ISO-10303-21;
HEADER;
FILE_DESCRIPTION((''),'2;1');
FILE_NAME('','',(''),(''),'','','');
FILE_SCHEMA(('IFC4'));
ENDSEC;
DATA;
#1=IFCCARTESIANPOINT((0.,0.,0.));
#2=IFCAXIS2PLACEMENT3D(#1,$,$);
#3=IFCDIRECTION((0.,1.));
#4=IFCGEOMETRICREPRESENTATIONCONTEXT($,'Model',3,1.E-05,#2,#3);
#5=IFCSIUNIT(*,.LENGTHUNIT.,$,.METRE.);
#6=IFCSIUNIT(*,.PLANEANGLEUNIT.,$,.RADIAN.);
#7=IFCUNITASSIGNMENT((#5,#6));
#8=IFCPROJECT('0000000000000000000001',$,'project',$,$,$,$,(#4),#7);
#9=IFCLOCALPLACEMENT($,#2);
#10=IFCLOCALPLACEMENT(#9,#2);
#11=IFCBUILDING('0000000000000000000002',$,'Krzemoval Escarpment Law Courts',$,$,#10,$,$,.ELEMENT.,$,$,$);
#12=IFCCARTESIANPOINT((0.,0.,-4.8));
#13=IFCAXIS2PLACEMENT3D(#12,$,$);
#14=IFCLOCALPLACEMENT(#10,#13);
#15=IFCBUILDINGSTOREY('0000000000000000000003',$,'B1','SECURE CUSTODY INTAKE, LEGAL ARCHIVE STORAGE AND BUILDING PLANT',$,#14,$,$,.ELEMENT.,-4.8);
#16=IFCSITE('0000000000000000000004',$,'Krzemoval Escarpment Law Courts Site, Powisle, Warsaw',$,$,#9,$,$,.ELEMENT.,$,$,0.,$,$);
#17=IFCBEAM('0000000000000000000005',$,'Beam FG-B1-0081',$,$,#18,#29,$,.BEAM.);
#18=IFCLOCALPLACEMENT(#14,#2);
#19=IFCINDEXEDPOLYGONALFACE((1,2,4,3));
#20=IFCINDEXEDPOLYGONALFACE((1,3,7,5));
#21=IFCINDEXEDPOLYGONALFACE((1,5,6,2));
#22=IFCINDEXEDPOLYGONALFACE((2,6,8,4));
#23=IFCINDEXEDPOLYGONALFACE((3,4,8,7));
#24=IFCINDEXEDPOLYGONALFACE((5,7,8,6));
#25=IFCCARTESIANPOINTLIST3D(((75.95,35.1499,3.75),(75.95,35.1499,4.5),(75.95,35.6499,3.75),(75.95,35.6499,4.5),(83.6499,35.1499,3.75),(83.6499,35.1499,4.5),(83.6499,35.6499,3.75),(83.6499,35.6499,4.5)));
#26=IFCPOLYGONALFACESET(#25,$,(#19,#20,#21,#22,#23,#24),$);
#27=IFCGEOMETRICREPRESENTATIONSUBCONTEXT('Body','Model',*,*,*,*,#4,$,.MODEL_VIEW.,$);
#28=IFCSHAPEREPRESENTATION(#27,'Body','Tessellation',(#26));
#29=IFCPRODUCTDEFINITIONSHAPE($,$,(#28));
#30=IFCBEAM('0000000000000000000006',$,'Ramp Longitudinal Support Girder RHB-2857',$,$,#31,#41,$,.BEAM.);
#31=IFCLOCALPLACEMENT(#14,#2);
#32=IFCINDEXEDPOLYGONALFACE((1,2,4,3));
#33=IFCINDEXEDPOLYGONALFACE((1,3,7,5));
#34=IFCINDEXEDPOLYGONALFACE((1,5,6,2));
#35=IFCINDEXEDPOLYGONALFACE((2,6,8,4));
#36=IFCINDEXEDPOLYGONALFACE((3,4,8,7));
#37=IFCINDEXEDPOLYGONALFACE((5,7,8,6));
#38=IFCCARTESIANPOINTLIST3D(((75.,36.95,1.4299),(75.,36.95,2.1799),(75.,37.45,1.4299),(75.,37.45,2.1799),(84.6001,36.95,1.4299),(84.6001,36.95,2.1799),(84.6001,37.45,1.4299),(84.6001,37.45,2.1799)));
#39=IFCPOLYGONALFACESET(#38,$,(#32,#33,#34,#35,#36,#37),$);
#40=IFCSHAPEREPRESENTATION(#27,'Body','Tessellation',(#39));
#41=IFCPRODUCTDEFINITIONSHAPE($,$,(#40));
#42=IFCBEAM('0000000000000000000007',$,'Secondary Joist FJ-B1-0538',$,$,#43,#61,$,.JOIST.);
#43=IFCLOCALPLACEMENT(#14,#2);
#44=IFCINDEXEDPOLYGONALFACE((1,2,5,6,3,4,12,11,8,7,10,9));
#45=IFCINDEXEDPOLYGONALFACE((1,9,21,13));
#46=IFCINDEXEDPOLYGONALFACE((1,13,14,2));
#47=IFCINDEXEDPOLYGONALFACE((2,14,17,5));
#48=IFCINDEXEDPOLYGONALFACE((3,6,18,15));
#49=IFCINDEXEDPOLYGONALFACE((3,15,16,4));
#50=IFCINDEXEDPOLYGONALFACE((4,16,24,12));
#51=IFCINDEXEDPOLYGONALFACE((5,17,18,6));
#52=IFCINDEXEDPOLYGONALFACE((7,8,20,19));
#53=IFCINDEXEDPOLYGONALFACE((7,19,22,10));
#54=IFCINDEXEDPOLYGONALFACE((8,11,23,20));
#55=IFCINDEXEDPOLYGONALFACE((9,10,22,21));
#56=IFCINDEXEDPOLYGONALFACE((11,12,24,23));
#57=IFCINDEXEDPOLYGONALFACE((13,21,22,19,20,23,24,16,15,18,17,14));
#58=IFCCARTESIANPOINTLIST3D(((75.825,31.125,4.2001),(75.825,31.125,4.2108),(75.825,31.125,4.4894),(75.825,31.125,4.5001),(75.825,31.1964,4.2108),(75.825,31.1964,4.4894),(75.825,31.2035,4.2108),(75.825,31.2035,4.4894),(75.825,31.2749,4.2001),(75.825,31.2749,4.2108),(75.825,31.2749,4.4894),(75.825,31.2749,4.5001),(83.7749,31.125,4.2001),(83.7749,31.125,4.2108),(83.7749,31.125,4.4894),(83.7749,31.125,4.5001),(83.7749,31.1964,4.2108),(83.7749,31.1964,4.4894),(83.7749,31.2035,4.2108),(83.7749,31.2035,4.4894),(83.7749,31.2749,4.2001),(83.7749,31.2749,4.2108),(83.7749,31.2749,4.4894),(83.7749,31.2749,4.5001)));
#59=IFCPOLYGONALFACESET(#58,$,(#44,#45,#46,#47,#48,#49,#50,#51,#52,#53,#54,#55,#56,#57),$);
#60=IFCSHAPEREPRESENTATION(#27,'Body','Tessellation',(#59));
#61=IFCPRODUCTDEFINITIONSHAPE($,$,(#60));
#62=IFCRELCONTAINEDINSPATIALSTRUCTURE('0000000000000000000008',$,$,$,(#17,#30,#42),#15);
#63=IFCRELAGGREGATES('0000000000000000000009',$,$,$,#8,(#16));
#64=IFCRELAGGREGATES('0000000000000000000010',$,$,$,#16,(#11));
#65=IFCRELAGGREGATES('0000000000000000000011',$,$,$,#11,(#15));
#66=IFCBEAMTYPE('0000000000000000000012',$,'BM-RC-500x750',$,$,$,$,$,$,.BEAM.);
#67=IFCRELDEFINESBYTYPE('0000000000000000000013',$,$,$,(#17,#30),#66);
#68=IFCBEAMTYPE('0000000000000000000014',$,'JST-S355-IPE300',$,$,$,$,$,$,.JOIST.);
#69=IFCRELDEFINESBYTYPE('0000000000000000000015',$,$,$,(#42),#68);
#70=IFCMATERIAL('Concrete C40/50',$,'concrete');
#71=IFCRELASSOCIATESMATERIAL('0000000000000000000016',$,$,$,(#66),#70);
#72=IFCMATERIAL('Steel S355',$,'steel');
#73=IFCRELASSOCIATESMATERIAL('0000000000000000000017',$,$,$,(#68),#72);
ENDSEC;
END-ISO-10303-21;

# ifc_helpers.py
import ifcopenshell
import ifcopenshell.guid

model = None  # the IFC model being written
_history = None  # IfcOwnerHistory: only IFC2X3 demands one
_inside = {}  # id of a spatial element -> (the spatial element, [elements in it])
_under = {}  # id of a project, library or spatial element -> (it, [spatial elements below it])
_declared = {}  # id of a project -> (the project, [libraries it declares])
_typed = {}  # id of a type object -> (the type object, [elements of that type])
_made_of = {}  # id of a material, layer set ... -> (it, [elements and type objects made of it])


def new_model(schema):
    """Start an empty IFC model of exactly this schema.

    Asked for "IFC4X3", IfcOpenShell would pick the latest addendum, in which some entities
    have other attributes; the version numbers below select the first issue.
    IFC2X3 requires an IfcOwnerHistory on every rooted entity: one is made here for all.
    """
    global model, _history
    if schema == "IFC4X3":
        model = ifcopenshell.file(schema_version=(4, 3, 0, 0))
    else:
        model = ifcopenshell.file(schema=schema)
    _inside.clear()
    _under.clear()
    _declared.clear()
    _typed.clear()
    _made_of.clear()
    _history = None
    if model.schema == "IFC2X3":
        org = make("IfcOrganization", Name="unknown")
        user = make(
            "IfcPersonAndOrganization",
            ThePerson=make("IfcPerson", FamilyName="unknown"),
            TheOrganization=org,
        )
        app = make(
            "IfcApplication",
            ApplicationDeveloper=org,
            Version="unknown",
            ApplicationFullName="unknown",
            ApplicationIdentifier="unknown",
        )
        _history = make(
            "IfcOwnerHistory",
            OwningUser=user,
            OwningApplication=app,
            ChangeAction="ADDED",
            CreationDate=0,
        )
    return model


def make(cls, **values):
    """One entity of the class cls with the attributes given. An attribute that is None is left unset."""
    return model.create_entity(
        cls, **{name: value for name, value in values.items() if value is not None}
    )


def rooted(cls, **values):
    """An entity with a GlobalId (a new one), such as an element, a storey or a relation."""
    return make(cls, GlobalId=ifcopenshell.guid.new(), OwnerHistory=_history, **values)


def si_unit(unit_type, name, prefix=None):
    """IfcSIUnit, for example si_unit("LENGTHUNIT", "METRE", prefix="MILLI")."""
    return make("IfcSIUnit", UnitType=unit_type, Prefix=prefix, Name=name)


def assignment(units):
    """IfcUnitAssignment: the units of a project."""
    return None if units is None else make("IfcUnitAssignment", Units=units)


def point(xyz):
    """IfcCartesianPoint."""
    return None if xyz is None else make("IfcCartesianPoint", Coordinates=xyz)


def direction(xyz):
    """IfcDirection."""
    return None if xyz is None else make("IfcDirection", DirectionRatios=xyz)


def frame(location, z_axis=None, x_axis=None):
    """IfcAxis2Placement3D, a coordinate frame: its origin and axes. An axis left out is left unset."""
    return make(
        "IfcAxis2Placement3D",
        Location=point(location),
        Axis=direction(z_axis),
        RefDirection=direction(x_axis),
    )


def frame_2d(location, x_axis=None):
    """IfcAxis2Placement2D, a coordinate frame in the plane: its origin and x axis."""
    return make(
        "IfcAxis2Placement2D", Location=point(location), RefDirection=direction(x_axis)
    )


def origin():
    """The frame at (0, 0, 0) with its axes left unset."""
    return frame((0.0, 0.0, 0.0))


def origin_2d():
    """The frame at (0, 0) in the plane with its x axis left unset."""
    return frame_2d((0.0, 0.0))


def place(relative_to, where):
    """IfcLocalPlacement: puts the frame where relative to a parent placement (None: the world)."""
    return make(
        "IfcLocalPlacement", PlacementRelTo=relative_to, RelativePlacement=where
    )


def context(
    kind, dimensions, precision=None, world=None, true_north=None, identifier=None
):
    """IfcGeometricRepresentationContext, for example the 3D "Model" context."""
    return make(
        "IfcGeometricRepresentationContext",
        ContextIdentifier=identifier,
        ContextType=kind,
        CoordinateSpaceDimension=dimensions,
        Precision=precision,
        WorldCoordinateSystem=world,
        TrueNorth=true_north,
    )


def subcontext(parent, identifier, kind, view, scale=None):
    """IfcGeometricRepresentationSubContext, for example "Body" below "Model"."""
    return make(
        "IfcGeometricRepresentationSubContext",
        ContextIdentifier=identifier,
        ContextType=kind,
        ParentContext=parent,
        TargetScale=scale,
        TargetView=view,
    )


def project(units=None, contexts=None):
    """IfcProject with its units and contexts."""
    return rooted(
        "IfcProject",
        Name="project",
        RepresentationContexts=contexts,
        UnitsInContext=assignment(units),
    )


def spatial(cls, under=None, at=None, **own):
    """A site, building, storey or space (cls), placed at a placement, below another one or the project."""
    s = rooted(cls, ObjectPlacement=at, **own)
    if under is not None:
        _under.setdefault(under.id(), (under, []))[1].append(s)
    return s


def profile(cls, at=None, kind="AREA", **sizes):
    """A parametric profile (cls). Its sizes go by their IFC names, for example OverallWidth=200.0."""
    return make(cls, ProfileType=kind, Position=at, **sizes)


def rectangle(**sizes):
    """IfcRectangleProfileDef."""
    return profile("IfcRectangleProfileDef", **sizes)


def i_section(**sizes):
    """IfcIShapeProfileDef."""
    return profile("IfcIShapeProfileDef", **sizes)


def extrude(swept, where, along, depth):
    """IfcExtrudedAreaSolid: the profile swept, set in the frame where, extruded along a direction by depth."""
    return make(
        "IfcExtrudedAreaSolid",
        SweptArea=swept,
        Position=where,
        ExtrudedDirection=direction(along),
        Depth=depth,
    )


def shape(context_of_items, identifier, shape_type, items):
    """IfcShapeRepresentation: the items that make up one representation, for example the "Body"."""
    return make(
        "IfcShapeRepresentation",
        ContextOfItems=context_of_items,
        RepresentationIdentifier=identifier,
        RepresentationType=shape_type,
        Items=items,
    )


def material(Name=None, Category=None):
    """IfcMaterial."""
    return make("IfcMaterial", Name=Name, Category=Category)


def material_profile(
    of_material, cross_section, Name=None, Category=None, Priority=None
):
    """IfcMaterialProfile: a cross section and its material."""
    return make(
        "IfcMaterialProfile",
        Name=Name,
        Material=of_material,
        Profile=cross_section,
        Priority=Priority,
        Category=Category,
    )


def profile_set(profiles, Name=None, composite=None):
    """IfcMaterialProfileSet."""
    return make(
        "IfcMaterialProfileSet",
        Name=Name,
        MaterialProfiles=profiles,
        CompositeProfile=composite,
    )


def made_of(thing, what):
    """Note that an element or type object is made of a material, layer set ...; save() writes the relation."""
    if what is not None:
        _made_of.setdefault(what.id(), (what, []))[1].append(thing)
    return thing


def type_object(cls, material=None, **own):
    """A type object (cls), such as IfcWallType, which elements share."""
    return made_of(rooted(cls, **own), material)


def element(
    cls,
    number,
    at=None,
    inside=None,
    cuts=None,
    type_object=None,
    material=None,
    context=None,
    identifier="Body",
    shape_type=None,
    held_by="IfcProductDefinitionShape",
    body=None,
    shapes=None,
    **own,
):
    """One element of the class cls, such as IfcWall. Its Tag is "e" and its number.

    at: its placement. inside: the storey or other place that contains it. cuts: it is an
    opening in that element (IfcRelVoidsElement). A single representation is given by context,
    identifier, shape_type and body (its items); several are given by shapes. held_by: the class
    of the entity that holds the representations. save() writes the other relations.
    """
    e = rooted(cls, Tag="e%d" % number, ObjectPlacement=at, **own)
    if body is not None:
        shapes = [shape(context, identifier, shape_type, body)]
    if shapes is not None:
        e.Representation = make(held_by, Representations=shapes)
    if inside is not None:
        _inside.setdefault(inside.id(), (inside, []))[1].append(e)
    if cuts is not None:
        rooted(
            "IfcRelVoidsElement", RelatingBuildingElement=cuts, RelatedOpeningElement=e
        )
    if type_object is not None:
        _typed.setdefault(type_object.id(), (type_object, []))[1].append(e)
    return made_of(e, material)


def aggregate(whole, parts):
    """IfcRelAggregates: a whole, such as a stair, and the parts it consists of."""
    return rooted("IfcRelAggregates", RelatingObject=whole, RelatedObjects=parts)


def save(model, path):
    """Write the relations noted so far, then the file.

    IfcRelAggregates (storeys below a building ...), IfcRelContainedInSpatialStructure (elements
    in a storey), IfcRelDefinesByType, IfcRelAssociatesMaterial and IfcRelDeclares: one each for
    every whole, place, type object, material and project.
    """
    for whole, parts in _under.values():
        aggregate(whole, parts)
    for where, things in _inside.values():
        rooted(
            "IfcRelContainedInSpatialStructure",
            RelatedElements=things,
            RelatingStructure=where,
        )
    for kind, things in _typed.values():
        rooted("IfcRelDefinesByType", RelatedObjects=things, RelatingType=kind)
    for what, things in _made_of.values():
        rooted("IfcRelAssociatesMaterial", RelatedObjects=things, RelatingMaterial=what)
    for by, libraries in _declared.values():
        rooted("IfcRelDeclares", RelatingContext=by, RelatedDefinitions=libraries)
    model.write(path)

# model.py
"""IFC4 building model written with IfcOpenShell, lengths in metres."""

from ifc_helpers import new_model, si_unit, direction, frame, origin, origin_2d, place, context, subcontext, project, spatial, rectangle, i_section, extrude, material, material_profile, profile_set, type_object, element, save


model = new_model("IFC4")

# Units and contexts
model_context = context("Model", 3, precision=1e-05, world=origin(), true_north=direction((0.0, 1.0)))
body_context = subcontext(model_context, "Body", "Model", "MODEL_VIEW")
ifc_project = project(units=[si_unit("LENGTHUNIT", "METRE"), si_unit("PLANEANGLEUNIT", "RADIAN")], contexts=[model_context])

# Site, building, storey
site_placement = place(None, origin())
site = spatial("IfcSite", under=ifc_project, at=site_placement, Name="Krzemoval Escarpment Law Courts Site, Powisle, Warsaw", CompositionType="ELEMENT", RefElevation=0.0)
building_placement = place(site_placement, origin())
building = spatial("IfcBuilding", under=site, at=building_placement, Name="Krzemoval Escarpment Law Courts", CompositionType="ELEMENT")
storey_placement = place(building_placement, frame((0.0, 0.0, -4.8)))
storey = spatial("IfcBuildingStorey", under=building, at=storey_placement, Name="B1", Description="SECURE CUSTODY INTAKE, LEGAL ARCHIVE STORAGE AND BUILDING PLANT", CompositionType="ELEMENT", Elevation=-4.8)

# Beams
ifc_material_1 = material(Name="Concrete C40/50", Category="concrete")
ifc_material_profile_1 = material_profile(ifc_material_1, rectangle(XDim=0.5, YDim=0.75, at=origin_2d()), Name="RCB 500x750")
ifc_profile_set_1 = profile_set([ifc_material_profile_1], Name="Concrete C40/50")
beam_type_1 = type_object("IfcBeamType", Name="BM-RC-500x750", PredefinedType="BEAM", material=ifc_profile_set_1)
for number, where, z_axis, x_axis, name in (
    (1, (75.95, 35.3999, 4.125), (1.0, 0.0, 0.0), (0.0, 1.0, 0.0), "Beam FG-B1-0081"),
):
    element("IfcBeam", number, at=place(storey_placement, frame(where, z_axis=z_axis, x_axis=x_axis)), inside=storey, type_object=beam_type_1, Name=name, PredefinedType="BEAM", context=body_context, shape_type="SweptSolid", body=[
        extrude(rectangle(XDim=0.5, YDim=0.75, at=origin_2d()), origin(), (0.0, 0.0, 1.0), 7.7),
    ])
beam_1_placement = place(storey_placement, frame((75.0, 37.2, 1.8049), z_axis=(1.0, 0.0, 0.0), x_axis=(0.0, 1.0, 0.0)))
element("IfcBeam", 2, at=beam_1_placement, inside=storey, type_object=beam_type_1, Name="Ramp Longitudinal Support Girder RHB-2857", PredefinedType="BEAM", context=body_context, shape_type="SweptSolid", body=[
    extrude(rectangle(XDim=0.5, YDim=0.75, at=origin_2d()), origin(), (0.0, 0.0, 1.0), 9.6001),
])
ifc_material_2 = material(Name="Steel S355", Category="steel")
ifc_material_profile_2 = material_profile(ifc_material_2, i_section(OverallWidth=0.1499, OverallDepth=0.3, WebThickness=0.0071, FlangeThickness=0.0107, at=origin_2d()), Name="IPE 300")
ifc_profile_set_2 = profile_set([ifc_material_profile_2], Name="Steel S355")
beam_type_2 = type_object("IfcBeamType", Name="JST-S355-IPE300", PredefinedType="JOIST", material=ifc_profile_set_2)
beam_2_placement = place(storey_placement, frame((75.825, 31.2, 4.3501), z_axis=(1.0, 0.0, 0.0), x_axis=(0.0, 1.0, 0.0)))
element("IfcBeam", 3, at=beam_2_placement, inside=storey, type_object=beam_type_2, Name="Secondary Joist FJ-B1-0538", PredefinedType="JOIST", context=body_context, shape_type="SweptSolid", body=[
    extrude(i_section(OverallWidth=0.1499, OverallDepth=0.3, WebThickness=0.0071, FlangeThickness=0.0107, at=origin_2d()), origin(), (0.0, 0.0, 1.0), 7.95),
])

save(model, "model.ifc")
